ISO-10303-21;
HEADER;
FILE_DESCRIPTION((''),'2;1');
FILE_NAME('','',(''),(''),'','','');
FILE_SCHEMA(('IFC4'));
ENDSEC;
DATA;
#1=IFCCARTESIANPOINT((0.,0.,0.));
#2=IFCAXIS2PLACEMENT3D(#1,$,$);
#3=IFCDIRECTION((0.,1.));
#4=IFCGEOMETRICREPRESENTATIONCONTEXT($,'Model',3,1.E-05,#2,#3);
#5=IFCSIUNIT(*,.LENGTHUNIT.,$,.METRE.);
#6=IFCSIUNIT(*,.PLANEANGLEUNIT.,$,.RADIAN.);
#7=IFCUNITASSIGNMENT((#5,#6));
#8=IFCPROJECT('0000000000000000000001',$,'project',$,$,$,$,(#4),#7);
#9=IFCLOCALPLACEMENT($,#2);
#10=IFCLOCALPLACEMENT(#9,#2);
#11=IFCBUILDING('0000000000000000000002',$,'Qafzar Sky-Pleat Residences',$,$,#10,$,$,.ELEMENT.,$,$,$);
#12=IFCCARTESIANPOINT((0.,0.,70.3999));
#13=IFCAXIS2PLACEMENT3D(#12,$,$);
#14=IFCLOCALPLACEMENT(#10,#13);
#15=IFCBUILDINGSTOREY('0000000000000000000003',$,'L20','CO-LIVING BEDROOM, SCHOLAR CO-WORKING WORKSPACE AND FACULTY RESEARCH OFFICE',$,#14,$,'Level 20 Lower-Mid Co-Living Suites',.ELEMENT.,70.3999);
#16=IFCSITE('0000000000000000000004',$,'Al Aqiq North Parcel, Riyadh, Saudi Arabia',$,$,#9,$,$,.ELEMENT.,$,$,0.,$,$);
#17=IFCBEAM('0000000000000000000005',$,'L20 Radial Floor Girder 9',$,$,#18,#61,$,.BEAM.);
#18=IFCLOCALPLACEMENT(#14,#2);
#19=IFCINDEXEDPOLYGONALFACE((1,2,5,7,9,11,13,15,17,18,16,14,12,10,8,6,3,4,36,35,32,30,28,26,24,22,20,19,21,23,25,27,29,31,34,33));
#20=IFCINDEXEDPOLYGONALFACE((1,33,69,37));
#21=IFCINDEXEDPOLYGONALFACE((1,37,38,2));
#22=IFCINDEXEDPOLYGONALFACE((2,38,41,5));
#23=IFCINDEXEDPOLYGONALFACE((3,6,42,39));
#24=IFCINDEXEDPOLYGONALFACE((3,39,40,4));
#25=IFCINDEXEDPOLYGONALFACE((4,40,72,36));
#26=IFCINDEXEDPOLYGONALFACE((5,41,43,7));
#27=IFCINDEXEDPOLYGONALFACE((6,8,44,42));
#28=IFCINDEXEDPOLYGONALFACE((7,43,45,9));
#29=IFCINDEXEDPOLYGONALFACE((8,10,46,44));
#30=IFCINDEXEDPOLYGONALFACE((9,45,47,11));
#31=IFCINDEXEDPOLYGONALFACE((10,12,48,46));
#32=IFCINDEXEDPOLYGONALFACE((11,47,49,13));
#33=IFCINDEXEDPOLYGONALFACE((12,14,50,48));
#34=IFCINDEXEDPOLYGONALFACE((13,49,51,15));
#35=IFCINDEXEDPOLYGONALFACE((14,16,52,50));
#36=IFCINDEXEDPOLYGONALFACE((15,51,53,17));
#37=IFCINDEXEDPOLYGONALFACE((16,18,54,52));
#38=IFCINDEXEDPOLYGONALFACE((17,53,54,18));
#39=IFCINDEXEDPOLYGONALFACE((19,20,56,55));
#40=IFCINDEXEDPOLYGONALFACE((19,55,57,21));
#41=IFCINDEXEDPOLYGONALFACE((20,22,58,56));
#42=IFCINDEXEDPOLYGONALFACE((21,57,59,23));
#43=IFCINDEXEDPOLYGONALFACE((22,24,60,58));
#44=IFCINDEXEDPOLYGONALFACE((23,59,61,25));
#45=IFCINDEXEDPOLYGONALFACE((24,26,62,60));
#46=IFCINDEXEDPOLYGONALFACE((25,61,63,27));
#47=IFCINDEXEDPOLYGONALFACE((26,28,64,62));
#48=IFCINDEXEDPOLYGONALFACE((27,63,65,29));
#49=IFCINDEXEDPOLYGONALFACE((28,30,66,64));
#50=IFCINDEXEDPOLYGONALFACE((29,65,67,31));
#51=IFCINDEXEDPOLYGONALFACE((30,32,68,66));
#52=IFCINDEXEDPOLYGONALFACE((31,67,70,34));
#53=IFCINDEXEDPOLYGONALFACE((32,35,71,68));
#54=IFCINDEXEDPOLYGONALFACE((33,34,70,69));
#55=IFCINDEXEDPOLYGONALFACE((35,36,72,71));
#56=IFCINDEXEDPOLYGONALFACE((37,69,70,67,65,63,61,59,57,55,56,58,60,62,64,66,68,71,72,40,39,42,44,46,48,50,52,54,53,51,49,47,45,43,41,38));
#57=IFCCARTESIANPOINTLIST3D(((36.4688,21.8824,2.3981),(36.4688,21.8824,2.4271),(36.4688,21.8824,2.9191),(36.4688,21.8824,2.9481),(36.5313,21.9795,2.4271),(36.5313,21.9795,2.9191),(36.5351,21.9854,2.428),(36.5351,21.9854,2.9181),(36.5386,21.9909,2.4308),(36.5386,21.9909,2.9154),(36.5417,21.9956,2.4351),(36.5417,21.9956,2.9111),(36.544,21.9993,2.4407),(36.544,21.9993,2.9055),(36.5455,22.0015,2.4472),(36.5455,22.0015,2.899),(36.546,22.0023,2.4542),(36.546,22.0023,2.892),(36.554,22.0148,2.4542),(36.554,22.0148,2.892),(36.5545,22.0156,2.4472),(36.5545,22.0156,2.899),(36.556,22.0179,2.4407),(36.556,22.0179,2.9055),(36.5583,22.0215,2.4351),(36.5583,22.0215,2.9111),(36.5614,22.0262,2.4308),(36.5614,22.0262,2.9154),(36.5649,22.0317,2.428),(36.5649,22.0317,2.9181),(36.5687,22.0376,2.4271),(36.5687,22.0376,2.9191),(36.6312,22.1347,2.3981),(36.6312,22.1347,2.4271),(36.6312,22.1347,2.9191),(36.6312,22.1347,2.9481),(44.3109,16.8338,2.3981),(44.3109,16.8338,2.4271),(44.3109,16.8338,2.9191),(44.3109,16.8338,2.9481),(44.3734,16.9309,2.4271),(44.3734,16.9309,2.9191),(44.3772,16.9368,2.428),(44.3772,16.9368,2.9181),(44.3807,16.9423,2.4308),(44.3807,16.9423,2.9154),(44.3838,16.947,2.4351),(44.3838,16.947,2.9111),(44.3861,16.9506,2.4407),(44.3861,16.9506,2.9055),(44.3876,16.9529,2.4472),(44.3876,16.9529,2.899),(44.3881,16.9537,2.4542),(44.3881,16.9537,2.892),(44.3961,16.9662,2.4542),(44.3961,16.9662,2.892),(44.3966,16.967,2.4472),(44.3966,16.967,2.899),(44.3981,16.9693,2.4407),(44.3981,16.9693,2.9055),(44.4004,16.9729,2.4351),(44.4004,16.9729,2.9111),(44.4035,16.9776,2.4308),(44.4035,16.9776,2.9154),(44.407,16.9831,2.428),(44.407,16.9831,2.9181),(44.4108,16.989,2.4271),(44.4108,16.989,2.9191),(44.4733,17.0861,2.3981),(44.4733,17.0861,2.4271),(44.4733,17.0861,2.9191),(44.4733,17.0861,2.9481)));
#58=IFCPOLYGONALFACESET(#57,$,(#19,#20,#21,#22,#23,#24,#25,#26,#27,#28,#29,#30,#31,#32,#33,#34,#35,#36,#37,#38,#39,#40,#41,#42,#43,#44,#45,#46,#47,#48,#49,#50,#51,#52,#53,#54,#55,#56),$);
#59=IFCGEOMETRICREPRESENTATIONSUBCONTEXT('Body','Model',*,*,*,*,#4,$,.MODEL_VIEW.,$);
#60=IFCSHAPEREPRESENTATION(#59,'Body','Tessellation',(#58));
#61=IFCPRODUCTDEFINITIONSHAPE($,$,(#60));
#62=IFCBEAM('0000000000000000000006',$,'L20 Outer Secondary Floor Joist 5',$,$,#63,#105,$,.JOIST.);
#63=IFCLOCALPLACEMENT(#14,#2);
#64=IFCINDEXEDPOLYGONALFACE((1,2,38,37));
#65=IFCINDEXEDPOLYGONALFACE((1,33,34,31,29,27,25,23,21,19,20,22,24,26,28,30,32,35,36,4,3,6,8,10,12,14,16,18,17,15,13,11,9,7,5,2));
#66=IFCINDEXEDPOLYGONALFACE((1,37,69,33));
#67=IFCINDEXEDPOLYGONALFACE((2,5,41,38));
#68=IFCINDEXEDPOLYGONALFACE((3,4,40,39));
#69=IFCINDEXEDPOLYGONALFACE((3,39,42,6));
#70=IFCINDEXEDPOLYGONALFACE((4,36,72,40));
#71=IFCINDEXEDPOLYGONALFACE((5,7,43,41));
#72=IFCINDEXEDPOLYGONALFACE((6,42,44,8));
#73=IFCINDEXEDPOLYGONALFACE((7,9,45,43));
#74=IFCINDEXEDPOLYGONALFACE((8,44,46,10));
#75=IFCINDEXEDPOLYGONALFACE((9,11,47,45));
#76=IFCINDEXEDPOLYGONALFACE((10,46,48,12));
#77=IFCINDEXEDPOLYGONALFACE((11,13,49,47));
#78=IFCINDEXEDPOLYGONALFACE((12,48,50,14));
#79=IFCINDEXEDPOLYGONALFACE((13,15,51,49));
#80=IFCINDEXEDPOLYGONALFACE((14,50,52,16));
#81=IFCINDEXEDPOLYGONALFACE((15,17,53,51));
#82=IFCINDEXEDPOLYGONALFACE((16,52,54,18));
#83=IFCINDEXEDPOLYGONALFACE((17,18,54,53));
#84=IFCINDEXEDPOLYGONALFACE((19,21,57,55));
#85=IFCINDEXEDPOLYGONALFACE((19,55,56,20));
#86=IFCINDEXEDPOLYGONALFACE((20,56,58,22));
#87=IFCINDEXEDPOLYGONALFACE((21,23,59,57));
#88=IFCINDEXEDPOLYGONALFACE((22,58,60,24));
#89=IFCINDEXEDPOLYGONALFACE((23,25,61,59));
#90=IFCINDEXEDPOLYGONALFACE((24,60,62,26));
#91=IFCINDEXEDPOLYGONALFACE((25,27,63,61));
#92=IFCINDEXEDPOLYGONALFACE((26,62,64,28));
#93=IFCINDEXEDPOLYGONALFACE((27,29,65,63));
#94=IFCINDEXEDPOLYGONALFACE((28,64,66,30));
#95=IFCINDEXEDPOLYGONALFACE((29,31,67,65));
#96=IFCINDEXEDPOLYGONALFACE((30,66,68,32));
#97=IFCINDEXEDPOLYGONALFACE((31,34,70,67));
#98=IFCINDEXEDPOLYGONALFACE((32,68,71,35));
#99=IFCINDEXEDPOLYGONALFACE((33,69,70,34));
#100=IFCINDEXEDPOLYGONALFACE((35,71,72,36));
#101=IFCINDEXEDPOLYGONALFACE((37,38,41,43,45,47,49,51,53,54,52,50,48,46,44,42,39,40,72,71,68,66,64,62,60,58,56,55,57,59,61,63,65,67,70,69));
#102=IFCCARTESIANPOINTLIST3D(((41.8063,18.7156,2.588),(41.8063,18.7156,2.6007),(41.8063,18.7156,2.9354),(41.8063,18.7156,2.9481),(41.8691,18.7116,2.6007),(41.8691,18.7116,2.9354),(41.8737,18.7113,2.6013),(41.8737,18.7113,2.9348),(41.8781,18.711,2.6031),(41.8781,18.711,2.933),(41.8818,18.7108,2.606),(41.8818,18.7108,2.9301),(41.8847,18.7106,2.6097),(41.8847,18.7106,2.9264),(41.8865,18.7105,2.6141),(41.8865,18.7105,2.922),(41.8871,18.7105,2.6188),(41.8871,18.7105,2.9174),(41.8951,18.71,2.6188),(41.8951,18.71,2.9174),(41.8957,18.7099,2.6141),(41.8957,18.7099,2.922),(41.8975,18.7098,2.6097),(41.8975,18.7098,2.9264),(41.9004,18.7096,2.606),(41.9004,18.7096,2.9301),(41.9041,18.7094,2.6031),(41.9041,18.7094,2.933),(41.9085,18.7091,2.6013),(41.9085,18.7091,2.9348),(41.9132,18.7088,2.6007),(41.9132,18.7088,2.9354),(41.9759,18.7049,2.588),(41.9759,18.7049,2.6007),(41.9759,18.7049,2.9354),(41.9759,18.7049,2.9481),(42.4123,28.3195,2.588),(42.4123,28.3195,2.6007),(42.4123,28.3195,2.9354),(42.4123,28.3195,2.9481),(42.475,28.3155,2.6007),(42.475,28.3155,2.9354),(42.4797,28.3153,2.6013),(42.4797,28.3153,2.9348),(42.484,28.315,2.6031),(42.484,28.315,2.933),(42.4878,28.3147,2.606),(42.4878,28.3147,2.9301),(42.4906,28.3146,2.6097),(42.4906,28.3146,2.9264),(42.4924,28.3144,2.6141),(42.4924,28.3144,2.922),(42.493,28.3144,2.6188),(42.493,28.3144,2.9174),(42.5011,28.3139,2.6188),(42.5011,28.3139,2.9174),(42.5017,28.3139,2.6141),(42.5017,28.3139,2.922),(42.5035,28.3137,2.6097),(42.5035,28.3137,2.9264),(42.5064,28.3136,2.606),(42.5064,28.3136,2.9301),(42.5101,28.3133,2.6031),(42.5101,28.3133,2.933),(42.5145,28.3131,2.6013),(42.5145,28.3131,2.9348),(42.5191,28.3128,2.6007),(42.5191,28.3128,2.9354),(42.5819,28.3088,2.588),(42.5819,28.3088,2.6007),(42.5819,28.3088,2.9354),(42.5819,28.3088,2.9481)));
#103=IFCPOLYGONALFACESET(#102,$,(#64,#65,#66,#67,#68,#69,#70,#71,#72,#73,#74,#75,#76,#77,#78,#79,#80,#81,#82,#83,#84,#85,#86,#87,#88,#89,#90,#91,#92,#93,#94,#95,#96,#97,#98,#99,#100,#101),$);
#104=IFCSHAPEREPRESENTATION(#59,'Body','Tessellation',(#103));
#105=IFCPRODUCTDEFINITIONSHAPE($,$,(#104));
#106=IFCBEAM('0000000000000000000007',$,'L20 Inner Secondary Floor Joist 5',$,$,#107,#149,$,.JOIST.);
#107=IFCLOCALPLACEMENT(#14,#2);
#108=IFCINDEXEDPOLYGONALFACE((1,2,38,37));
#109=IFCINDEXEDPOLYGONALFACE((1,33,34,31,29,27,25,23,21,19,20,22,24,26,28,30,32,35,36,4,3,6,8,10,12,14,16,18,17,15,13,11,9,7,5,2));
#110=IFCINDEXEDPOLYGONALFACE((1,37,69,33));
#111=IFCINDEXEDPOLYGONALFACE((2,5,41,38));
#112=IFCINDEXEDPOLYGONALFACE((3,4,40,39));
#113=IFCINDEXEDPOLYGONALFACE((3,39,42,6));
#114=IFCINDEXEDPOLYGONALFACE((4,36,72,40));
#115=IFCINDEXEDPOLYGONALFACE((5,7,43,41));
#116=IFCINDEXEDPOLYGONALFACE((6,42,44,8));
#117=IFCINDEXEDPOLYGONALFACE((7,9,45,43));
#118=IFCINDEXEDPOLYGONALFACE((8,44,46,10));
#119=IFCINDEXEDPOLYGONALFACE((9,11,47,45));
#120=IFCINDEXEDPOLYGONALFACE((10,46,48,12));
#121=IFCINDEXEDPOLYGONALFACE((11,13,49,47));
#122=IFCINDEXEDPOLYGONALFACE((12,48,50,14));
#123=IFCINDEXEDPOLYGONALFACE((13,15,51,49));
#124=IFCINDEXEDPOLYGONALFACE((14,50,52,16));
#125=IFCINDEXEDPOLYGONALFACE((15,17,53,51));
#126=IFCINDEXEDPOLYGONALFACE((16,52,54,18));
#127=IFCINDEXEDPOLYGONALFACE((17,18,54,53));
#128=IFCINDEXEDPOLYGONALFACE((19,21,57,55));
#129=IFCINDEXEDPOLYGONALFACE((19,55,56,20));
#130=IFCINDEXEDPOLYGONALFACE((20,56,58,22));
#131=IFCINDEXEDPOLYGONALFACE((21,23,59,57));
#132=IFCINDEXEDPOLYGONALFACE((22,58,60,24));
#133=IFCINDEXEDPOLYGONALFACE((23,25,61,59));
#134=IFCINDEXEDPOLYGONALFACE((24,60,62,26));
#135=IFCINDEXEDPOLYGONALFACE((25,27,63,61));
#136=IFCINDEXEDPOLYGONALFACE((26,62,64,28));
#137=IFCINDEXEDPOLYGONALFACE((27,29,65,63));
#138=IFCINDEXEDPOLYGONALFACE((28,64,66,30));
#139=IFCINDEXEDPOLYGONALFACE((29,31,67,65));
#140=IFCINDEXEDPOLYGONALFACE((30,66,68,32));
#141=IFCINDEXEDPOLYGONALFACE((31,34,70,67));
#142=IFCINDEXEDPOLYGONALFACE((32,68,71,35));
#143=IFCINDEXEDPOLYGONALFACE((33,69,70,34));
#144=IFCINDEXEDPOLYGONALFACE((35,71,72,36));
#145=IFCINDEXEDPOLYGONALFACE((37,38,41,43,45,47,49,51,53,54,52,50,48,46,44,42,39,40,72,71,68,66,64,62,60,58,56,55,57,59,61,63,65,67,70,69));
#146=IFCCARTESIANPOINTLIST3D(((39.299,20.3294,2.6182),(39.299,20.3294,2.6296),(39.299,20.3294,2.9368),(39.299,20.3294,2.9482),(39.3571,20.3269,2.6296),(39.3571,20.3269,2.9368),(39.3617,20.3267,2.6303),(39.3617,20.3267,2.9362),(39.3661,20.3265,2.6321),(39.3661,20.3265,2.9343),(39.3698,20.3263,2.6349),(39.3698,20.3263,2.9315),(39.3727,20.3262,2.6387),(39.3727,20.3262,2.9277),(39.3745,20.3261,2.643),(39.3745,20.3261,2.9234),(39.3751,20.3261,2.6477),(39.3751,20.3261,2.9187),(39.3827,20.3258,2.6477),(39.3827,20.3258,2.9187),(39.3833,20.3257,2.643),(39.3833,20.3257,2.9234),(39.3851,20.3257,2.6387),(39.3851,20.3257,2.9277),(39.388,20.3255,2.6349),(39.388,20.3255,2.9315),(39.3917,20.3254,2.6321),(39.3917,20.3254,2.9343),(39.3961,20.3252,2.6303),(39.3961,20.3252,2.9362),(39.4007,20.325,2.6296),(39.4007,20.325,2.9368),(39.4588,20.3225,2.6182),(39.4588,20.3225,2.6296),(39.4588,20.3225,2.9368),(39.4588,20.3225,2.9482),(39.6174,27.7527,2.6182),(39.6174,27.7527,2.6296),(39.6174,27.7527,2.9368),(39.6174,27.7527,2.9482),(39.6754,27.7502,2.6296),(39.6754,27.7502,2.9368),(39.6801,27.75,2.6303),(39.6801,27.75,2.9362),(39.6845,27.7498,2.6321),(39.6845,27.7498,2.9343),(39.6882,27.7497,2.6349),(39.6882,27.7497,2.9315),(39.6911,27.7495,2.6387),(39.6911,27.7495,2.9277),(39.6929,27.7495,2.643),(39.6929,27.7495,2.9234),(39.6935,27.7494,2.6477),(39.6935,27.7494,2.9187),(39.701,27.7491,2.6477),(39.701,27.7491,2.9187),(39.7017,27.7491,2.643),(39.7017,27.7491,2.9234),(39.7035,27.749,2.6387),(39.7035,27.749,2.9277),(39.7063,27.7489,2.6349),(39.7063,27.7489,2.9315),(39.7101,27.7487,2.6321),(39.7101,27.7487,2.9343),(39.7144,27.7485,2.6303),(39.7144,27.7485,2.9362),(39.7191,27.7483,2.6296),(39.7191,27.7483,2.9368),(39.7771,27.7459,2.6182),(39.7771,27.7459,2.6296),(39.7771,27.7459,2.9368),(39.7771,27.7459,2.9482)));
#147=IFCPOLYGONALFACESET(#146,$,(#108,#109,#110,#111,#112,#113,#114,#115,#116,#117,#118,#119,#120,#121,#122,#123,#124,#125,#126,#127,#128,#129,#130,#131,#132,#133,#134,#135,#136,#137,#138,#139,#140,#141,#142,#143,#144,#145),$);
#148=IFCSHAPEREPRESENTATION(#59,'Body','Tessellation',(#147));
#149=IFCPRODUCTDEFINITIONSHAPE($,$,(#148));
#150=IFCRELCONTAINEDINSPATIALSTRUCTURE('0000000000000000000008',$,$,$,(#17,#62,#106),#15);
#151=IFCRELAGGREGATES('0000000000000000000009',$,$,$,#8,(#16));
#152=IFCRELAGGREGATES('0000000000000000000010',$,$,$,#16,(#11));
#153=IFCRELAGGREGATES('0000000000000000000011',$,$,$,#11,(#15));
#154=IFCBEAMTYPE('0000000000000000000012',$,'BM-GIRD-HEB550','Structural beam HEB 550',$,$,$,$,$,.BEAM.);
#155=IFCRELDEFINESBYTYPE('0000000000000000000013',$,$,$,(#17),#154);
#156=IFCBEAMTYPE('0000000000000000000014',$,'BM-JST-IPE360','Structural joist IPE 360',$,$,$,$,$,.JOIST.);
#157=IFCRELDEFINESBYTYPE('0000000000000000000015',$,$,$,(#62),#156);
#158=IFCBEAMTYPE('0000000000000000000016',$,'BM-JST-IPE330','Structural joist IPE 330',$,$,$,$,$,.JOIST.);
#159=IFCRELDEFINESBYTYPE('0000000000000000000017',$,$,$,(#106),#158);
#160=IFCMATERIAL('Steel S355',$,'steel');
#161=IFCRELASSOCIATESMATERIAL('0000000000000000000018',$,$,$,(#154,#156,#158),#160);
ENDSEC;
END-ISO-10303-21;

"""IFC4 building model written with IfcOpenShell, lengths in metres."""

from ifc_helpers import new_model, si_unit, direction, frame, origin, origin_2d, place, context, subcontext, project, spatial, i_section, extrude, source, transform, mapped, material, material_profile, profile_set, type_object, element, save


model = new_model("IFC4")

# Units and contexts
model_context = context("Model", 3, precision=1e-05, world=origin(), true_north=direction((0.0, 1.0)))
body_context = subcontext(model_context, "Body", "Model", "MODEL_VIEW")
ifc_project = project(units=[si_unit("LENGTHUNIT", "METRE"), si_unit("PLANEANGLEUNIT", "RADIAN")], contexts=[model_context])

# Site, building, storey
site_placement = place(None, origin())
site = spatial("IfcSite", under=ifc_project, at=site_placement, Name="Al Aqiq North Parcel, Riyadh, Saudi Arabia", CompositionType="ELEMENT", RefElevation=0.0)
building_placement = place(site_placement, origin())
building = spatial("IfcBuilding", under=site, at=building_placement, Name="Qafzar Sky-Pleat Residences", CompositionType="ELEMENT")
storey_placement = place(building_placement, frame((0.0, 0.0, 70.3999)))
storey = spatial("IfcBuildingStorey", under=building, at=storey_placement, Name="L20", Description="CO-LIVING BEDROOM, SCHOLAR CO-WORKING WORKSPACE AND FACULTY RESEARCH OFFICE", LongName="Level 20 Lower-Mid Co-Living Suites", CompositionType="ELEMENT", Elevation=70.3999)

# Beams
ifc_material_1 = material(Name="Steel S355", Category="steel")
ifc_material_profile_1 = material_profile(ifc_material_1, i_section(OverallWidth=0.3, OverallDepth=0.55, WebThickness=0.0149, FlangeThickness=0.0291, FilletRadius=0.0271, at=origin_2d()), Name="HEB 550")
ifc_profile_set_1 = profile_set([ifc_material_profile_1], Name="Steel S355")
beam_type_1 = type_object("IfcBeamType", Name="BM-GIRD-HEB550", Description="Structural beam HEB 550", PredefinedType="BEAM", material=ifc_profile_set_1)
shared_shape_1 = source(origin(), body_context, "Body", "SweptSolid", [
    extrude(i_section(OverallWidth=0.3, OverallDepth=0.55, WebThickness=0.0149, FlangeThickness=0.0291, FilletRadius=0.0271, at=origin_2d()), origin(), (0.0, 0.0, 1.0), 9.3267),
])
beam_1_placement = place(storey_placement, frame((44.3921, 16.96, 2.6731), z_axis=(-0.840824, 0.541309, 0.0), x_axis=(-0.541309, -0.840824, 0.0)))
element("IfcBeam", 1, at=beam_1_placement, inside=storey, type_object=beam_type_1, Name="L20 Radial Floor Girder 9", PredefinedType="BEAM", context=body_context, shape_type="MappedRepresentation", body=[
    mapped(shared_shape_1, transform((0.0, 0.0, 0.0), x_axis=(1.0, 0.0, 0.0), y_axis=(0.0, 1.0, 0.0), z_axis=(0.0, 0.0, 1.0), scale=1.0)),
])
ifc_material_profile_2 = material_profile(ifc_material_1, i_section(OverallWidth=0.1699, OverallDepth=0.3601, WebThickness=0.0081, FlangeThickness=0.0127, FilletRadius=0.0181, at=origin_2d()), Name="IPE 360")
ifc_profile_set_2 = profile_set([ifc_material_profile_2], Name="Steel S355")
beam_type_2 = type_object("IfcBeamType", Name="BM-JST-IPE360", Description="Structural joist IPE 360", PredefinedType="JOIST", material=ifc_profile_set_2)
shared_shape_2 = source(origin(), body_context, "Body", "SweptSolid", [
    extrude(i_section(OverallWidth=0.1699, OverallDepth=0.3601, WebThickness=0.0081, FlangeThickness=0.0127, FilletRadius=0.0181, at=origin_2d()), origin(), (0.0, 0.0, 1.0), 9.623),
])
beam_2_placement = place(storey_placement, frame((41.8911, 18.7102, 2.7681), z_axis=(0.062969, 0.998015, 0.0), x_axis=(-0.998015, 0.062969, 0.0)))
element("IfcBeam", 2, at=beam_2_placement, inside=storey, type_object=beam_type_2, Name="L20 Outer Secondary Floor Joist 5", PredefinedType="JOIST", context=body_context, shape_type="MappedRepresentation", body=[
    mapped(shared_shape_2, transform((0.0, 0.0, 0.0), x_axis=(1.0, 0.0, 0.0), y_axis=(0.0, 1.0, 0.0), z_axis=(0.0, 0.0, 1.0), scale=1.0)),
])
ifc_material_profile_3 = material_profile(ifc_material_1, i_section(OverallWidth=0.1599, OverallDepth=0.3301, WebThickness=0.0076, FlangeThickness=0.0115, FilletRadius=0.0181, at=origin_2d()), Name="IPE 330")
ifc_profile_set_3 = profile_set([ifc_material_profile_3], Name="Steel S355")
beam_type_3 = type_object("IfcBeamType", Name="BM-JST-IPE330", Description="Structural joist IPE 330", PredefinedType="JOIST", material=ifc_profile_set_3)
shared_shape_3 = source(origin(), body_context, "Body", "SweptSolid", [
    extrude(i_section(OverallWidth=0.1599, OverallDepth=0.3301, WebThickness=0.0076, FlangeThickness=0.0115, FilletRadius=0.0181, at=origin_2d()), origin(), (0.0, 0.0, 1.0), 7.4302),
])
beam_3_placement = place(storey_placement, frame((39.3789, 20.3259, 2.7832), z_axis=(0.042847, 0.999082, 0.0), x_axis=(-0.999082, 0.042847, 0.0)))
element("IfcBeam", 3, at=beam_3_placement, inside=storey, type_object=beam_type_3, Name="L20 Inner Secondary Floor Joist 5", PredefinedType="JOIST", context=body_context, shape_type="MappedRepresentation", body=[
    mapped(shared_shape_3, transform((0.0, 0.0, 0.0), x_axis=(1.0, 0.0, 0.0), y_axis=(0.0, 1.0, 0.0), z_axis=(0.0, 0.0, 1.0), scale=1.0)),
])

save(model, "model.ifc")
